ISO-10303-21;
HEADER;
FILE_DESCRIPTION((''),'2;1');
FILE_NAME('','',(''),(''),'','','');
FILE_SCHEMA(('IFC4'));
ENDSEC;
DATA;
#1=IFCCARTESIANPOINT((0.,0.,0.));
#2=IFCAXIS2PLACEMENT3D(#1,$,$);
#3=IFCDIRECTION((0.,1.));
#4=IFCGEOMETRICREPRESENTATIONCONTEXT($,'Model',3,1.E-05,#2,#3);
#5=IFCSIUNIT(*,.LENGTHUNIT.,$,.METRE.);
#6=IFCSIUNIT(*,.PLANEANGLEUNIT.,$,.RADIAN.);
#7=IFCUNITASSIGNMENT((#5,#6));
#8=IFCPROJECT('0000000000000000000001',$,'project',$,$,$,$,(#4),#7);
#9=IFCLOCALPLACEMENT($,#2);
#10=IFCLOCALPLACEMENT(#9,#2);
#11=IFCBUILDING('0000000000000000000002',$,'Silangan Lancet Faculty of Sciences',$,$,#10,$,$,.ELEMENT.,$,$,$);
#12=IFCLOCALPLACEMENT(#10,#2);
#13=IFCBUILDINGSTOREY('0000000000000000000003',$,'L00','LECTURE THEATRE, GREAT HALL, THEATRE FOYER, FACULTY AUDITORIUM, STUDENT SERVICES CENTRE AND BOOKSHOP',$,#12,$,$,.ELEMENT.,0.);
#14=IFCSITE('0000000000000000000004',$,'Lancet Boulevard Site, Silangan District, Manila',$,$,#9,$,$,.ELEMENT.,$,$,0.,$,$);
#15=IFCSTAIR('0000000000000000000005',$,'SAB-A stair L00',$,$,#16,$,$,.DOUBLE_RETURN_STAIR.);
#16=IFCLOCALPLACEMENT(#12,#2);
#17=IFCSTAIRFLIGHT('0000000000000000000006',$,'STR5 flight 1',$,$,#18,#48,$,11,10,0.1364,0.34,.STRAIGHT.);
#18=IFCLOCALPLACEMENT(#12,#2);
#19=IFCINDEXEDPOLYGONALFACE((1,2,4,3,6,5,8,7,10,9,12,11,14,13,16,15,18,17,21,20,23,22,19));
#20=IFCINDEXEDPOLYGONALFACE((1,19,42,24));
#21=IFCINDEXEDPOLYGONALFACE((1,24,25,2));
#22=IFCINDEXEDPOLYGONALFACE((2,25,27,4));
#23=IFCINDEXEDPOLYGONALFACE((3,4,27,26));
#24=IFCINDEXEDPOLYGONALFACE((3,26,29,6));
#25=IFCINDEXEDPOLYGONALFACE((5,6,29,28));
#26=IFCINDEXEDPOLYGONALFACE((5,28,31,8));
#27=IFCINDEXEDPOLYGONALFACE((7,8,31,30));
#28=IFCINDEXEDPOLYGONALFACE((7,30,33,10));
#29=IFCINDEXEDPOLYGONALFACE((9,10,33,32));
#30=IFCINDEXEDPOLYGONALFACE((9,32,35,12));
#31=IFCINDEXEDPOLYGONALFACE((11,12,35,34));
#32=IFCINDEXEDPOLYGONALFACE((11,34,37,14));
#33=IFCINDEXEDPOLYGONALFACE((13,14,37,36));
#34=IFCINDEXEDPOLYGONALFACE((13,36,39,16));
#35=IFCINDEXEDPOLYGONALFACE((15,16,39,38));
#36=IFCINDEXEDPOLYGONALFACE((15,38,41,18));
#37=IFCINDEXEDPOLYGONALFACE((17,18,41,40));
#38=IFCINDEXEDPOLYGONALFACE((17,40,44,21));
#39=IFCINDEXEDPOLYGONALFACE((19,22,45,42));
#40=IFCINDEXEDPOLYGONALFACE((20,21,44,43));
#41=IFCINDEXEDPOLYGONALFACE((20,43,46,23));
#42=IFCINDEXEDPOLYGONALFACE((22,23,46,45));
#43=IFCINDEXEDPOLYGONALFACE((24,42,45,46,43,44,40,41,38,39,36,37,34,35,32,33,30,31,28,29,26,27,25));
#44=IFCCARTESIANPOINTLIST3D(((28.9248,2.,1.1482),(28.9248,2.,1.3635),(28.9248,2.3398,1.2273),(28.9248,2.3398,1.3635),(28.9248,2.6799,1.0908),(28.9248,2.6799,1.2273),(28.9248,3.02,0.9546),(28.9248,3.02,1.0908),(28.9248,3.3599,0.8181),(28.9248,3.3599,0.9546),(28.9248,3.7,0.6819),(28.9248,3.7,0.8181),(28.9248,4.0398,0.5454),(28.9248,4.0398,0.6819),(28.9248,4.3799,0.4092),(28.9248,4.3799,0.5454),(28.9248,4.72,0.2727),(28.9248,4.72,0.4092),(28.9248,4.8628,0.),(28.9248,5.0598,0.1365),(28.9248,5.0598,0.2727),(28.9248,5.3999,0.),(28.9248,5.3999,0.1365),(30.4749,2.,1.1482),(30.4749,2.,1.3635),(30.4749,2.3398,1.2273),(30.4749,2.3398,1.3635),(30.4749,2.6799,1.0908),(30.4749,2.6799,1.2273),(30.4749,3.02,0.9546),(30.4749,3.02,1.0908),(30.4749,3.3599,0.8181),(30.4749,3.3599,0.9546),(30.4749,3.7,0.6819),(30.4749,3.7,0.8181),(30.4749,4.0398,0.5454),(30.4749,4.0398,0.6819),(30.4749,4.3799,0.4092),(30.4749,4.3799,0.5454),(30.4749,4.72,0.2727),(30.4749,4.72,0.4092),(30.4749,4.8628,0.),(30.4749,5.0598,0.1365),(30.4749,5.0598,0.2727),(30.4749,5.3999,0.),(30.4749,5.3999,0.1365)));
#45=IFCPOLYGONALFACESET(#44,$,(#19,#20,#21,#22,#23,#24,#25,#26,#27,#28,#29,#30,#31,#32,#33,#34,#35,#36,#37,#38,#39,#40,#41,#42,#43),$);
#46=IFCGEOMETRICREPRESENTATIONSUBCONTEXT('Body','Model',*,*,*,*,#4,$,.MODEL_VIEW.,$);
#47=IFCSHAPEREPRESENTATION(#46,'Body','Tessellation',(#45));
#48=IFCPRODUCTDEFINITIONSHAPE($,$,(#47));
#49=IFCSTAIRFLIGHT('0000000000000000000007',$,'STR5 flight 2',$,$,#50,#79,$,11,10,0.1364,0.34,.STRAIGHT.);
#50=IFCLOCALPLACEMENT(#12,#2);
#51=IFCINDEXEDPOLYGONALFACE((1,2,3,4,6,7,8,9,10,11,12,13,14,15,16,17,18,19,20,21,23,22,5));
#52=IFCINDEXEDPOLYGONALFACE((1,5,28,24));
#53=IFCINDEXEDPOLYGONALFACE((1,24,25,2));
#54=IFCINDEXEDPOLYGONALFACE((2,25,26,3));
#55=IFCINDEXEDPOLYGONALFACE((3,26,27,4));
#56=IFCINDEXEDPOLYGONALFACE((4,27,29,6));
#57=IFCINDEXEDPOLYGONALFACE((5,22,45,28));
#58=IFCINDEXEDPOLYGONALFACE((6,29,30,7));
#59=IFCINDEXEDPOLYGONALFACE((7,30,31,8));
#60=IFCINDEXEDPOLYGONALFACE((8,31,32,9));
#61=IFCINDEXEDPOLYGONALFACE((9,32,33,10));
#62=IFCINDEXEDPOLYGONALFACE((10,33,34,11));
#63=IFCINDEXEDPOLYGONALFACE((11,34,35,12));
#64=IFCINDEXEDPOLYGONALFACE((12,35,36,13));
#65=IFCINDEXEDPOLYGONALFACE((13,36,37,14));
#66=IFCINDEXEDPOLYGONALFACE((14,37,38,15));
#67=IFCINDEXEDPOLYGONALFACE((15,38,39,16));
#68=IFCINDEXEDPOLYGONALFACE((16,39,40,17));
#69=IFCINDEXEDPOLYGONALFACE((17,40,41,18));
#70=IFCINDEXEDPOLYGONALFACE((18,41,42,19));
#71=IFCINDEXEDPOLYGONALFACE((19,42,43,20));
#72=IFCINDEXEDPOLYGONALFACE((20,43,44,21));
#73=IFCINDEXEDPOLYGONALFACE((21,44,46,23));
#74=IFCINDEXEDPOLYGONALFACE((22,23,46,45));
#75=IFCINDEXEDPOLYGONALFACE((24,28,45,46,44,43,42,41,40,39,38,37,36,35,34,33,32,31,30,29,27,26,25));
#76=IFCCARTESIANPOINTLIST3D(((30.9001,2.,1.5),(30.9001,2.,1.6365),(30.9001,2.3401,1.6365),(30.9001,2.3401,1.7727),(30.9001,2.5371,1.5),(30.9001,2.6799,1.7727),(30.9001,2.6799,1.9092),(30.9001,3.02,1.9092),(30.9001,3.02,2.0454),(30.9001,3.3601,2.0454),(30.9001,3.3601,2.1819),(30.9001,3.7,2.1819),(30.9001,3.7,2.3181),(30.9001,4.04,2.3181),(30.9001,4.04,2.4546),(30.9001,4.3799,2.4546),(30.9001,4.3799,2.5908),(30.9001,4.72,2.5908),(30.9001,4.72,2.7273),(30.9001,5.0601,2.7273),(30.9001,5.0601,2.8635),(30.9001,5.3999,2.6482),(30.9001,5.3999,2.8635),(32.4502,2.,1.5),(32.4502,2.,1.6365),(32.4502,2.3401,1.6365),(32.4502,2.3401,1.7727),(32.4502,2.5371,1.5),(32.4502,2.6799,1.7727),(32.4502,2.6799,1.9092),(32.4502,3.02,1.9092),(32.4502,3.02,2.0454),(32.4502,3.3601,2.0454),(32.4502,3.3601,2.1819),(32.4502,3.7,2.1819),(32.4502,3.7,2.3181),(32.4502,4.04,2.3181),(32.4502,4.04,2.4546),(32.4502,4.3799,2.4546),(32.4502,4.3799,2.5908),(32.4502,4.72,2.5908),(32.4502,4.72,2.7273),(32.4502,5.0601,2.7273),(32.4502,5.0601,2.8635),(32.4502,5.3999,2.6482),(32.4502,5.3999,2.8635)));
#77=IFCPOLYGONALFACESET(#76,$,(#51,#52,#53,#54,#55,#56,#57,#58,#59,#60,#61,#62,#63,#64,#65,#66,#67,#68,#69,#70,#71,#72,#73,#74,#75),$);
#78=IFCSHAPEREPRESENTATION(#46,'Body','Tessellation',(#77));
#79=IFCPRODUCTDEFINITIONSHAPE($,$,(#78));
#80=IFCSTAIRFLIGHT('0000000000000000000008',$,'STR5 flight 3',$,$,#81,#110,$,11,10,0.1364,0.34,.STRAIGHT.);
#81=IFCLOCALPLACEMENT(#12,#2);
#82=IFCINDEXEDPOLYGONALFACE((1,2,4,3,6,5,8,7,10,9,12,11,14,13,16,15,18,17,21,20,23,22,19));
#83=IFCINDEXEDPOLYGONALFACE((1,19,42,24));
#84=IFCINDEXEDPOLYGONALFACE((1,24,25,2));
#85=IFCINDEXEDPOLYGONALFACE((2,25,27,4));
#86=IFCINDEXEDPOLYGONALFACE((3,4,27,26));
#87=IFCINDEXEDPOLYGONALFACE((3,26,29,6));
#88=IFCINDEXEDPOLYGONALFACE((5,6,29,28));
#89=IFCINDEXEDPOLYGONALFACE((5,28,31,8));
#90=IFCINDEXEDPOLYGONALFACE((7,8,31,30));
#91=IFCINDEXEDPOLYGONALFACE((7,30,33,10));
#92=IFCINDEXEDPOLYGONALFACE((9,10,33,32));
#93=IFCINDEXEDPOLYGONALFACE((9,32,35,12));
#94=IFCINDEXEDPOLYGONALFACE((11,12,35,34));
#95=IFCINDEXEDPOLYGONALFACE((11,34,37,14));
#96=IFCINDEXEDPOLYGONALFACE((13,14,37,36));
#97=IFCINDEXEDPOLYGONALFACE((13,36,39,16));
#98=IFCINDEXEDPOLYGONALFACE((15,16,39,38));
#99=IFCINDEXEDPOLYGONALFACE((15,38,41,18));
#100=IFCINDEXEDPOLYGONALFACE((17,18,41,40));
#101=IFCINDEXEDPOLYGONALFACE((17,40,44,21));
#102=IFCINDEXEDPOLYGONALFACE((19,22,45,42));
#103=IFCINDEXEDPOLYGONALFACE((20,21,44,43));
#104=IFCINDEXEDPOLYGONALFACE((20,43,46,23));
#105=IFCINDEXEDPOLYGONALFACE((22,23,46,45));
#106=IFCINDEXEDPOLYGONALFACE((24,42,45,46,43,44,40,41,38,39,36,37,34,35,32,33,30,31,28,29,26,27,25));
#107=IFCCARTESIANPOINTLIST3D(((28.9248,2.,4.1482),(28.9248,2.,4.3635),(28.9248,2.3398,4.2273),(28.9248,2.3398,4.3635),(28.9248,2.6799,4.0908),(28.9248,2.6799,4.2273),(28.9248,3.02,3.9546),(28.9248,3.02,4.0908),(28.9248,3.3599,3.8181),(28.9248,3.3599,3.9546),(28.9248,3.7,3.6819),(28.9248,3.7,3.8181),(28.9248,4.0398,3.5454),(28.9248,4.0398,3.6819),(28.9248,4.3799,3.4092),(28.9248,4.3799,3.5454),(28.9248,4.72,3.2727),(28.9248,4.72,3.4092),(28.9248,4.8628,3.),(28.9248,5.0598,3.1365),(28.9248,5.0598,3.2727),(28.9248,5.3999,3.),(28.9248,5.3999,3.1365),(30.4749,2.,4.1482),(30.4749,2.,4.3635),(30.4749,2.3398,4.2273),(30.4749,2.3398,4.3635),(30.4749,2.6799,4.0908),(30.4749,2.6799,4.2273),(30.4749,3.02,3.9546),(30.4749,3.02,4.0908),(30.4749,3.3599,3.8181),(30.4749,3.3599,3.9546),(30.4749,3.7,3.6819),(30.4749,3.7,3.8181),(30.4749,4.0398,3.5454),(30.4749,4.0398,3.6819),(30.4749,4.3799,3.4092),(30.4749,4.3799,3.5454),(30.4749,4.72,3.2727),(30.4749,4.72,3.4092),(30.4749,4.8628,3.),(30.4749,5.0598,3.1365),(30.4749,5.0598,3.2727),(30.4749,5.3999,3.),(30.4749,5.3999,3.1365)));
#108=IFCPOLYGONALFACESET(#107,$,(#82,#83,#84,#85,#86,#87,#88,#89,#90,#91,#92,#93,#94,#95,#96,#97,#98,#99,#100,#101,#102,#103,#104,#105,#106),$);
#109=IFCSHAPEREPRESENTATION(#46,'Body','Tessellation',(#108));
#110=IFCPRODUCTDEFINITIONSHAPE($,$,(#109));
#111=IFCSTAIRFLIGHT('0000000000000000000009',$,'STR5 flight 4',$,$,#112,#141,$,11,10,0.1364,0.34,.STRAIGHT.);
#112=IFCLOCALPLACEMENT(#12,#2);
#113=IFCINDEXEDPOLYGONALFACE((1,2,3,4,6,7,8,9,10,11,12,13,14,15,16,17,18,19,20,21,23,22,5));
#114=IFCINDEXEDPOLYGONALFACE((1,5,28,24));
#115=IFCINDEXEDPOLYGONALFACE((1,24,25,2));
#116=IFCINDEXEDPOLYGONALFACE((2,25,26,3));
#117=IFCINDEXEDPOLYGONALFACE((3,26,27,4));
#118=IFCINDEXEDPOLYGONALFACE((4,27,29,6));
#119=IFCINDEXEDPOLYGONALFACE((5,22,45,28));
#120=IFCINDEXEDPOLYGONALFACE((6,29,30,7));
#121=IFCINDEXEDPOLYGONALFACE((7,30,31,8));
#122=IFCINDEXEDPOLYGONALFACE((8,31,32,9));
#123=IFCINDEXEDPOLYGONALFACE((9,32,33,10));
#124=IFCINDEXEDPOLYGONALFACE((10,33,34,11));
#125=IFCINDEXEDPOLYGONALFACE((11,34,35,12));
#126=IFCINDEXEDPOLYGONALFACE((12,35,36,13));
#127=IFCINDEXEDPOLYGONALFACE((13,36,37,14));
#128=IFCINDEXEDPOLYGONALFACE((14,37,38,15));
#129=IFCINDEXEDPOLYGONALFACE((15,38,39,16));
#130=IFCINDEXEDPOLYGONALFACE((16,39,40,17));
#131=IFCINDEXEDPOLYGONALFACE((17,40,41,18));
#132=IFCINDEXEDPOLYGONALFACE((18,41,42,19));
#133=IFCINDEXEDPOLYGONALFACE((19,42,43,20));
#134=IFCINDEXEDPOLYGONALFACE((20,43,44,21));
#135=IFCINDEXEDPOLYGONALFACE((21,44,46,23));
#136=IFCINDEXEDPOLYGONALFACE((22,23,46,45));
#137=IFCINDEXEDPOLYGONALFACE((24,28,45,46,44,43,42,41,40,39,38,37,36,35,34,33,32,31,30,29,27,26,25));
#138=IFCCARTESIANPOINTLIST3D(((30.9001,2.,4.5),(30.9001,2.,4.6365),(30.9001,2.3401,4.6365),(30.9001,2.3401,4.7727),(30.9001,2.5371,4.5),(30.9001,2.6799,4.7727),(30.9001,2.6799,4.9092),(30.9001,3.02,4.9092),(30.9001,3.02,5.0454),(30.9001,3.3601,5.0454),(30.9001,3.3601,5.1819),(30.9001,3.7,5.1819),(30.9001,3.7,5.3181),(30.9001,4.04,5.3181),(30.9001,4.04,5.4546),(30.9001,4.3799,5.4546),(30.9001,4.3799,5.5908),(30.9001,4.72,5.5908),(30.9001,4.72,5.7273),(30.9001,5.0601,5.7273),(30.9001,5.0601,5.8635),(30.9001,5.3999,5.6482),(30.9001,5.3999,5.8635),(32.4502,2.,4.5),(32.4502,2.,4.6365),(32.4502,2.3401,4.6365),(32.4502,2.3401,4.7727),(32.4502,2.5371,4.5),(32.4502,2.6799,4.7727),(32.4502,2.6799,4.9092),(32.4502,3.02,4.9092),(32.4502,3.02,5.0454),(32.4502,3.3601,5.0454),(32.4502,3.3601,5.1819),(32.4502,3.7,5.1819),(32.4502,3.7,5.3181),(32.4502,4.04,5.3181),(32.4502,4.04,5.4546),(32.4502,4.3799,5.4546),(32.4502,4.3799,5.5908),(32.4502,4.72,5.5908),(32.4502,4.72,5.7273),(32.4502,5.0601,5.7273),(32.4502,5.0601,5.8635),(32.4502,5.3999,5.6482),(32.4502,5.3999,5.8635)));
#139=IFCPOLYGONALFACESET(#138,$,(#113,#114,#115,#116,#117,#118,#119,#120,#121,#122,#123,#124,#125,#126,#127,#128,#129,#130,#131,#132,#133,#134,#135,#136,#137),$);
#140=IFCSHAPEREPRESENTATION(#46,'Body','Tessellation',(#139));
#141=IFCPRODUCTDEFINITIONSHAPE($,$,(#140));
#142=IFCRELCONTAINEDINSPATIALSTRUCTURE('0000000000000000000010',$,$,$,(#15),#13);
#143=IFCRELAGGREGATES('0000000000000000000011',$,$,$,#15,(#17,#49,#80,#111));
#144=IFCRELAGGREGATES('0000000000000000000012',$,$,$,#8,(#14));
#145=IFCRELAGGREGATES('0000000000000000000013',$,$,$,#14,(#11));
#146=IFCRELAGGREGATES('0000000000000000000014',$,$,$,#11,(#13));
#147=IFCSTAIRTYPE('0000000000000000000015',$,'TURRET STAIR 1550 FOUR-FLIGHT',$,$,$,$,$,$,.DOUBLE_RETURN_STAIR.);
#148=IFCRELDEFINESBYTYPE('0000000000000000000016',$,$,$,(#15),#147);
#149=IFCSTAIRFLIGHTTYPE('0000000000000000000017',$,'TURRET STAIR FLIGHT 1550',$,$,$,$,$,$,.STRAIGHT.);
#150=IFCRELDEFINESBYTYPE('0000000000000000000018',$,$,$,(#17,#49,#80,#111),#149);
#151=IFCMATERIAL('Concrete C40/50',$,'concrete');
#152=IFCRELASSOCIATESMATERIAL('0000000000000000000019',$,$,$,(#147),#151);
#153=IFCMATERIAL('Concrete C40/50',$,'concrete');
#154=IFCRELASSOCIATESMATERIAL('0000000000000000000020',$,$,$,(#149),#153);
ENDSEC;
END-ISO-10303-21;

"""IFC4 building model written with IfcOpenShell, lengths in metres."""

from ifc_helpers import new_model, si_unit, direction, frame, origin, place, context, subcontext, project, spatial, polyline, outline, extrude, material, type_object, element, aggregate, save


model = new_model("IFC4")

# Units and contexts
model_context = context("Model", 3, precision=1e-05, world=origin(), true_north=direction((0.0, 1.0)))
body_context = subcontext(model_context, "Body", "Model", "MODEL_VIEW")
ifc_project = project(units=[si_unit("LENGTHUNIT", "METRE"), si_unit("PLANEANGLEUNIT", "RADIAN")], contexts=[model_context])

# Site, building, storey
site_placement = place(None, origin())
site = spatial("IfcSite", under=ifc_project, at=site_placement, Name="Lancet Boulevard Site, Silangan District, Manila", CompositionType="ELEMENT", RefElevation=0.0)
building_placement = place(site_placement, origin())
building = spatial("IfcBuilding", under=site, at=building_placement, Name="Silangan Lancet Faculty of Sciences", CompositionType="ELEMENT")
storey_placement = place(building_placement, origin())
storey = spatial("IfcBuildingStorey", under=building, at=storey_placement, Name="L00", Description="LECTURE THEATRE, GREAT HALL, THEATRE FOYER, FACULTY AUDITORIUM, STUDENT SERVICES CENTRE AND BOOKSHOP", CompositionType="ELEMENT", Elevation=0.0)

# Stair, stair flights
ifc_material_1 = material(Name="Concrete C40/50", Category="concrete")
stair_type = type_object("IfcStairType", Name="TURRET STAIR 1550 FOUR-FLIGHT", PredefinedType="DOUBLE_RETURN_STAIR", material=ifc_material_1)
stair_placement = place(storey_placement, origin())
stair = element("IfcStair", 1, at=stair_placement, inside=storey, type_object=stair_type, Name="SAB-A stair L00", PredefinedType="DOUBLE_RETURN_STAIR")
ifc_material_2 = material(Name="Concrete C40/50", Category="concrete")
stair_flight_type = type_object("IfcStairFlightType", Name="TURRET STAIR FLIGHT 1550", PredefinedType="STRAIGHT", material=ifc_material_2)
stair_flight_1_placement = place(storey_placement, frame((29.7, 5.3999, 0.0), z_axis=(0.0, 0.0, 1.0), x_axis=(0.0, -1.0, 0.0)))
stair_flight_1 = element("IfcStairFlight", 2, at=stair_flight_1_placement, type_object=stair_flight_type, Name="STR5 flight 1", NumberOfRisers=11, NumberOfTreads=10, PredefinedType="STRAIGHT", RiserHeight=0.1364, TreadLength=0.34, context=body_context, shape_type="SweptSolid", body=[
    extrude(outline(polyline([(0.0, 0.0), (0.0, 0.1365), (0.3401, 0.1365), (0.3401, 0.2727), (0.6799, 0.2727), (0.6799, 0.4092), (1.02, 0.4092), (1.02, 0.5454), (1.3601, 0.5454), (1.3601, 0.6819), (1.7, 0.6819), (1.7, 0.8181), (2.04, 0.8181), (2.04, 0.9546), (2.3799, 0.9546), (2.3799, 1.0908), (2.72, 1.0908), (2.72, 1.2273), (3.0601, 1.2273), (3.0601, 1.3635), (3.3999, 1.3635), (3.3999, 1.5), (3.3999, 1.1482), (0.5371, 0.0), (0.0, 0.0)])), frame((0.0, 0.7749, 0.0), z_axis=(0.0, -1.0, 0.0), x_axis=(1.0, 0.0, 0.0)), (0.0, 0.0, 1.0), 1.55),
])
stair_flight_2_placement = place(storey_placement, frame((31.675, 2.0, 1.5), z_axis=(0.0, 0.0, 1.0), x_axis=(0.0, 1.0, 0.0)))
stair_flight_2 = element("IfcStairFlight", 3, at=stair_flight_2_placement, type_object=stair_flight_type, Name="STR5 flight 2", NumberOfRisers=11, NumberOfTreads=10, PredefinedType="STRAIGHT", RiserHeight=0.1364, TreadLength=0.34, context=body_context, shape_type="SweptSolid", body=[
    extrude(outline(polyline([(0.0, 0.0), (0.0, 0.1365), (0.3401, 0.1365), (0.3401, 0.2727), (0.6799, 0.2727), (0.6799, 0.4092), (1.02, 0.4092), (1.02, 0.5454), (1.3601, 0.5454), (1.3601, 0.6819), (1.7, 0.6819), (1.7, 0.8181), (2.04, 0.8181), (2.04, 0.9546), (2.3799, 0.9546), (2.3799, 1.0908), (2.72, 1.0908), (2.72, 1.2273), (3.0601, 1.2273), (3.0601, 1.3635), (3.3999, 1.3635), (3.3999, 1.5), (3.3999, 1.1482), (0.5371, 0.0), (0.0, 0.0)])), frame((0.0, 0.7749, 0.0), z_axis=(0.0, -1.0, 0.0), x_axis=(1.0, 0.0, 0.0)), (0.0, 0.0, 1.0), 1.55),
])
stair_flight_3_placement = place(storey_placement, frame((29.7, 5.3999, 3.0), z_axis=(0.0, 0.0, 1.0), x_axis=(0.0, -1.0, 0.0)))
stair_flight_3 = element("IfcStairFlight", 4, at=stair_flight_3_placement, type_object=stair_flight_type, Name="STR5 flight 3", NumberOfRisers=11, NumberOfTreads=10, PredefinedType="STRAIGHT", RiserHeight=0.1364, TreadLength=0.34, context=body_context, shape_type="SweptSolid", body=[
    extrude(outline(polyline([(0.0, 0.0), (0.0, 0.1365), (0.3401, 0.1365), (0.3401, 0.2727), (0.6799, 0.2727), (0.6799, 0.4092), (1.02, 0.4092), (1.02, 0.5454), (1.3601, 0.5454), (1.3601, 0.6819), (1.7, 0.6819), (1.7, 0.8181), (2.04, 0.8181), (2.04, 0.9546), (2.3799, 0.9546), (2.3799, 1.0908), (2.72, 1.0908), (2.72, 1.2273), (3.0601, 1.2273), (3.0601, 1.3635), (3.3999, 1.3635), (3.3999, 1.5), (3.3999, 1.1482), (0.5371, 0.0), (0.0, 0.0)])), frame((0.0, 0.7749, 0.0), z_axis=(0.0, -1.0, 0.0), x_axis=(1.0, 0.0, 0.0)), (0.0, 0.0, 1.0), 1.55),
])
stair_flight_4_placement = place(storey_placement, frame((31.675, 2.0, 4.5), z_axis=(0.0, 0.0, 1.0), x_axis=(0.0, 1.0, 0.0)))
stair_flight_4 = element("IfcStairFlight", 5, at=stair_flight_4_placement, type_object=stair_flight_type, Name="STR5 flight 4", NumberOfRisers=11, NumberOfTreads=10, PredefinedType="STRAIGHT", RiserHeight=0.1364, TreadLength=0.34, context=body_context, shape_type="SweptSolid", body=[
    extrude(outline(polyline([(0.0, 0.0), (0.0, 0.1365), (0.3401, 0.1365), (0.3401, 0.2727), (0.6799, 0.2727), (0.6799, 0.4092), (1.02, 0.4092), (1.02, 0.5454), (1.3601, 0.5454), (1.3601, 0.6819), (1.7, 0.6819), (1.7, 0.8181), (2.04, 0.8181), (2.04, 0.9546), (2.3799, 0.9546), (2.3799, 1.0908), (2.72, 1.0908), (2.72, 1.2273), (3.0601, 1.2273), (3.0601, 1.3635), (3.3999, 1.3635), (3.3999, 1.5), (3.3999, 1.1482), (0.5371, 0.0), (0.0, 0.0)])), frame((0.0, 0.7749, 0.0), z_axis=(0.0, -1.0, 0.0), x_axis=(1.0, 0.0, 0.0)), (0.0, 0.0, 1.0), 1.55),
])
aggregate(stair, [stair_flight_1, stair_flight_2, stair_flight_3, stair_flight_4])

save(model, "model.ifc")
